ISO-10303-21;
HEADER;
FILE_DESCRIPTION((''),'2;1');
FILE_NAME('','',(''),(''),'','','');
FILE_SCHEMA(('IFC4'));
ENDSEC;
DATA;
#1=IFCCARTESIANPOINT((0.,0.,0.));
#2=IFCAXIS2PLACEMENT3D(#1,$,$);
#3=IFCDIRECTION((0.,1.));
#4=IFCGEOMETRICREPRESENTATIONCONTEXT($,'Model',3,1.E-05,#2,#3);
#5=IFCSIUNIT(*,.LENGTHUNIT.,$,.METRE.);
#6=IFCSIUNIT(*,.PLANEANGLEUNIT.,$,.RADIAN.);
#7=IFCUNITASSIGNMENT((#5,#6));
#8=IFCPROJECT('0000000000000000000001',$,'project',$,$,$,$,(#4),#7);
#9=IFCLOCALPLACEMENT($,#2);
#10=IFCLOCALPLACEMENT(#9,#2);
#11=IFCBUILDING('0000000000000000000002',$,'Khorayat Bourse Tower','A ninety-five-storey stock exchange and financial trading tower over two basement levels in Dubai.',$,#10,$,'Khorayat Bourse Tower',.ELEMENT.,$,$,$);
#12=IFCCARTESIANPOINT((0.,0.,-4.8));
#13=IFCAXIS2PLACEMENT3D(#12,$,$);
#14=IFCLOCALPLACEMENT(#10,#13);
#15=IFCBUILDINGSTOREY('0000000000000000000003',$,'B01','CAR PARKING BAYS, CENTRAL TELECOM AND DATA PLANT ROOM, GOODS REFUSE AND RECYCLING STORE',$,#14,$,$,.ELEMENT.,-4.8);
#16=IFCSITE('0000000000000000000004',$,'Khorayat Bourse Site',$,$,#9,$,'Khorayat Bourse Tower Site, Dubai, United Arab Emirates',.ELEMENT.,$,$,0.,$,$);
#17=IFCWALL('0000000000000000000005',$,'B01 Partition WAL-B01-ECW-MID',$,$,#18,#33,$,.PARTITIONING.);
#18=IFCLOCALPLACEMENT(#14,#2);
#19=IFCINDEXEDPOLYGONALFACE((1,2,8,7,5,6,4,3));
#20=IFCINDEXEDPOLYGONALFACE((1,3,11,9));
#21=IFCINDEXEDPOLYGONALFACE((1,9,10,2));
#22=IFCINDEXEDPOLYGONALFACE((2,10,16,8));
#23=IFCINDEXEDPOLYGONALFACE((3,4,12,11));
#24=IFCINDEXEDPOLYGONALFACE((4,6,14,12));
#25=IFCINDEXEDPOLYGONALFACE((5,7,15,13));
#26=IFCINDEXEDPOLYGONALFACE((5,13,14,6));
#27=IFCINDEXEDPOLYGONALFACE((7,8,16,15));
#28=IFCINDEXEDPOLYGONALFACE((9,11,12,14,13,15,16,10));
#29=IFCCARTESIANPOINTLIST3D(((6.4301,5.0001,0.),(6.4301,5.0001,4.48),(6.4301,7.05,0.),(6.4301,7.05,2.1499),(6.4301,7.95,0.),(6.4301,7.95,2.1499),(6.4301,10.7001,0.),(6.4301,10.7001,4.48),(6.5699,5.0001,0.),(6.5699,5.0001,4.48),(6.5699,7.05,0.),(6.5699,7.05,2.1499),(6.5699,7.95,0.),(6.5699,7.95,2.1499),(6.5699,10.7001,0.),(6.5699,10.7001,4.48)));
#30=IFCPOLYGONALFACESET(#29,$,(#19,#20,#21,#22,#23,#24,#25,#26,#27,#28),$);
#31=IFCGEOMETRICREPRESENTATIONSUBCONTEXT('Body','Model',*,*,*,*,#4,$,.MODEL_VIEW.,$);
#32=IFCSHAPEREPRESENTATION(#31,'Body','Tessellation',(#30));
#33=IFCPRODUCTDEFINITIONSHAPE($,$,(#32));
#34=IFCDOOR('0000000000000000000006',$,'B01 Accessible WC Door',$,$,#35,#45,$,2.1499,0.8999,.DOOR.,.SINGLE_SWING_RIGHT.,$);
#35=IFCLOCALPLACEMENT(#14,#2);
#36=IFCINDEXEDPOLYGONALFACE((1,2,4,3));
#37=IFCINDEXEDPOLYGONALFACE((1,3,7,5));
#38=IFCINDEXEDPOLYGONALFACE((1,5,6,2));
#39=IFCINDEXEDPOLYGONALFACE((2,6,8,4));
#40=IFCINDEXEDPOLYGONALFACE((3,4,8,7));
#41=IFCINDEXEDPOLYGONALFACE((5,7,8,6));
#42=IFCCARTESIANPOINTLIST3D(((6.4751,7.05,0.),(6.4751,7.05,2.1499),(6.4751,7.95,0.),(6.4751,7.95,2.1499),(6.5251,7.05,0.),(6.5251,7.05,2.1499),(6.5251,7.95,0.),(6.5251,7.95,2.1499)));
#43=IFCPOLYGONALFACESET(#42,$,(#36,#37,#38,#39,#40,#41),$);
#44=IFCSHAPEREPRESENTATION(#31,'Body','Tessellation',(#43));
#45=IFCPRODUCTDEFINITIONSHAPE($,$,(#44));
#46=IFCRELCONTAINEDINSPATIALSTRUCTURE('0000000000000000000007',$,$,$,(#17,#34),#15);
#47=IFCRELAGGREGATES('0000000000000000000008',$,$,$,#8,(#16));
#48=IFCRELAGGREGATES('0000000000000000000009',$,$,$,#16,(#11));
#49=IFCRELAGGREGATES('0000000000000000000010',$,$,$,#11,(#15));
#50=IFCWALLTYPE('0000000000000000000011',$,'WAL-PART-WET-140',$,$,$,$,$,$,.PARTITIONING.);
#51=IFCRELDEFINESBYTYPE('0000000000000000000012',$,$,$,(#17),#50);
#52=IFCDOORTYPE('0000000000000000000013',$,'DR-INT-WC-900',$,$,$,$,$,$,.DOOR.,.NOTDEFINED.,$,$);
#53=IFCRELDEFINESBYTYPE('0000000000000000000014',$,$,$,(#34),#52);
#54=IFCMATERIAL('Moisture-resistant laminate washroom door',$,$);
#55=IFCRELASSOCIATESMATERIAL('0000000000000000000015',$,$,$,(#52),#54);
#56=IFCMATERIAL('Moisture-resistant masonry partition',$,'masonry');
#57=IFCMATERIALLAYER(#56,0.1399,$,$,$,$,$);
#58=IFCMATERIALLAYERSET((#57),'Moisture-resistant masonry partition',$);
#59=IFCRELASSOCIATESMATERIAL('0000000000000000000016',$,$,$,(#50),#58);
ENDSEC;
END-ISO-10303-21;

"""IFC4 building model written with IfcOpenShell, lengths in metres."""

from ifc_helpers import new_model, si_unit, direction, frame, frame_2d, origin, place, context, subcontext, project, spatial, rectangle, extrude, source, transform, mapped, material, layer, layer_set, type_object, element, fill, save


model = new_model("IFC4")

# Units and contexts
model_context = context("Model", 3, precision=1e-05, world=origin(), true_north=direction((0.0, 1.0)))
body_context = subcontext(model_context, "Body", "Model", "MODEL_VIEW")
ifc_project = project(units=[si_unit("LENGTHUNIT", "METRE"), si_unit("PLANEANGLEUNIT", "RADIAN")], contexts=[model_context])

# Site, building, storey
site_placement = place(None, origin())
site = spatial("IfcSite", under=ifc_project, at=site_placement, Name="Khorayat Bourse Site", LongName="Khorayat Bourse Tower Site, Dubai, United Arab Emirates", CompositionType="ELEMENT", RefElevation=0.0)
building_placement = place(site_placement, origin())
building = spatial("IfcBuilding", under=site, at=building_placement, Name="Khorayat Bourse Tower", Description="A ninety-five-storey stock exchange and financial trading tower over two basement levels in Dubai.", LongName="Khorayat Bourse Tower", CompositionType="ELEMENT")
storey_placement = place(building_placement, frame((0.0, 0.0, -4.8)))
storey = spatial("IfcBuildingStorey", under=building, at=storey_placement, Name="B01", Description="CAR PARKING BAYS, CENTRAL TELECOM AND DATA PLANT ROOM, GOODS REFUSE AND RECYCLING STORE", CompositionType="ELEMENT", Elevation=-4.8)

# Shared definitions
ifc_material_1 = material(Name="Moisture-resistant laminate washroom door")
door_type = type_object("IfcDoorType", Name="DR-INT-WC-900", OperationType="NOTDEFINED", PredefinedType="DOOR", material=ifc_material_1)
shared_shape_1 = source(origin(), body_context, "Body", "SweptSolid", [
    extrude(rectangle(XDim=0.8999, YDim=2.1499, at=frame_2d((0.45, 1.075))), frame((0.0, 0.0249, 0.0), z_axis=(0.0, -1.0, 0.0), x_axis=(1.0, 0.0, 0.0)), (0.0, 0.0, 1.0), 0.05),
])

# Shared definitions
ifc_material_2 = material(Name="Moisture-resistant masonry partition", Category="masonry")
ifc_layer_1 = layer(ifc_material_2, 0.1399)
ifc_layer_set_1 = layer_set([ifc_layer_1], Name="Moisture-resistant masonry partition")
wall_type_1 = type_object("IfcWallType", Name="WAL-PART-WET-140", PredefinedType="PARTITIONING", material=ifc_layer_set_1)

# Shared definitions
shared_shape_2 = source(origin(), body_context, "Body", "SweptSolid", [
    extrude(rectangle(XDim=0.8999, YDim=2.1499, at=frame_2d((0.45, 1.075))), frame((0.0, 0.0798, 0.0), z_axis=(0.0, -1.0, 0.0), x_axis=(1.0, 0.0, 0.0)), (0.0, 0.0, 1.0), 0.1599),
])

# Wall, opening, door
shared_shape_3 = source(origin(), body_context, "Body", "SweptSolid", [
    extrude(rectangle(XDim=5.7, YDim=0.1399, at=frame_2d((2.8501, 0.0))), origin(), (0.0, 0.0, 1.0), 4.48),
])
wall_1_placement = place(storey_placement, frame((6.5, 5.0, 0.0), z_axis=(0.0, 0.0, 1.0), x_axis=(0.0, 1.0, 0.0)))
wall_1 = element("IfcWall", 1, at=wall_1_placement, inside=storey, type_object=wall_type_1, Name="B01 Partition WAL-B01-ECW-MID", PredefinedType="PARTITIONING", context=body_context, shape_type="MappedRepresentation", body=[
    mapped(shared_shape_3, transform((0.0, 0.0, 0.0), scale=1.0)),
])
opening_1_placement = place(wall_1_placement, frame((2.05, 0.0, 0.0)))
opening_1 = element("IfcOpeningElement", 2, at=opening_1_placement, cuts=wall_1, PredefinedType="OPENING", context=body_context, shape_type="MappedRepresentation", body=[
    mapped(shared_shape_2, transform((0.0, 0.0, 0.0), scale=1.0)),
])
door_1_placement = place(opening_1_placement, origin())
door_1 = element("IfcDoor", 3, at=door_1_placement, inside=storey, type_object=door_type, Name="B01 Accessible WC Door", OperationType="SINGLE_SWING_RIGHT", OverallHeight=2.1499, OverallWidth=0.8999, PredefinedType="DOOR", context=body_context, shape_type="MappedRepresentation", body=[
    mapped(shared_shape_1, transform((0.0, 0.0, 0.0), scale=1.0)),
])
fill(opening_1, door_1)

save(model, "model.ifc")
